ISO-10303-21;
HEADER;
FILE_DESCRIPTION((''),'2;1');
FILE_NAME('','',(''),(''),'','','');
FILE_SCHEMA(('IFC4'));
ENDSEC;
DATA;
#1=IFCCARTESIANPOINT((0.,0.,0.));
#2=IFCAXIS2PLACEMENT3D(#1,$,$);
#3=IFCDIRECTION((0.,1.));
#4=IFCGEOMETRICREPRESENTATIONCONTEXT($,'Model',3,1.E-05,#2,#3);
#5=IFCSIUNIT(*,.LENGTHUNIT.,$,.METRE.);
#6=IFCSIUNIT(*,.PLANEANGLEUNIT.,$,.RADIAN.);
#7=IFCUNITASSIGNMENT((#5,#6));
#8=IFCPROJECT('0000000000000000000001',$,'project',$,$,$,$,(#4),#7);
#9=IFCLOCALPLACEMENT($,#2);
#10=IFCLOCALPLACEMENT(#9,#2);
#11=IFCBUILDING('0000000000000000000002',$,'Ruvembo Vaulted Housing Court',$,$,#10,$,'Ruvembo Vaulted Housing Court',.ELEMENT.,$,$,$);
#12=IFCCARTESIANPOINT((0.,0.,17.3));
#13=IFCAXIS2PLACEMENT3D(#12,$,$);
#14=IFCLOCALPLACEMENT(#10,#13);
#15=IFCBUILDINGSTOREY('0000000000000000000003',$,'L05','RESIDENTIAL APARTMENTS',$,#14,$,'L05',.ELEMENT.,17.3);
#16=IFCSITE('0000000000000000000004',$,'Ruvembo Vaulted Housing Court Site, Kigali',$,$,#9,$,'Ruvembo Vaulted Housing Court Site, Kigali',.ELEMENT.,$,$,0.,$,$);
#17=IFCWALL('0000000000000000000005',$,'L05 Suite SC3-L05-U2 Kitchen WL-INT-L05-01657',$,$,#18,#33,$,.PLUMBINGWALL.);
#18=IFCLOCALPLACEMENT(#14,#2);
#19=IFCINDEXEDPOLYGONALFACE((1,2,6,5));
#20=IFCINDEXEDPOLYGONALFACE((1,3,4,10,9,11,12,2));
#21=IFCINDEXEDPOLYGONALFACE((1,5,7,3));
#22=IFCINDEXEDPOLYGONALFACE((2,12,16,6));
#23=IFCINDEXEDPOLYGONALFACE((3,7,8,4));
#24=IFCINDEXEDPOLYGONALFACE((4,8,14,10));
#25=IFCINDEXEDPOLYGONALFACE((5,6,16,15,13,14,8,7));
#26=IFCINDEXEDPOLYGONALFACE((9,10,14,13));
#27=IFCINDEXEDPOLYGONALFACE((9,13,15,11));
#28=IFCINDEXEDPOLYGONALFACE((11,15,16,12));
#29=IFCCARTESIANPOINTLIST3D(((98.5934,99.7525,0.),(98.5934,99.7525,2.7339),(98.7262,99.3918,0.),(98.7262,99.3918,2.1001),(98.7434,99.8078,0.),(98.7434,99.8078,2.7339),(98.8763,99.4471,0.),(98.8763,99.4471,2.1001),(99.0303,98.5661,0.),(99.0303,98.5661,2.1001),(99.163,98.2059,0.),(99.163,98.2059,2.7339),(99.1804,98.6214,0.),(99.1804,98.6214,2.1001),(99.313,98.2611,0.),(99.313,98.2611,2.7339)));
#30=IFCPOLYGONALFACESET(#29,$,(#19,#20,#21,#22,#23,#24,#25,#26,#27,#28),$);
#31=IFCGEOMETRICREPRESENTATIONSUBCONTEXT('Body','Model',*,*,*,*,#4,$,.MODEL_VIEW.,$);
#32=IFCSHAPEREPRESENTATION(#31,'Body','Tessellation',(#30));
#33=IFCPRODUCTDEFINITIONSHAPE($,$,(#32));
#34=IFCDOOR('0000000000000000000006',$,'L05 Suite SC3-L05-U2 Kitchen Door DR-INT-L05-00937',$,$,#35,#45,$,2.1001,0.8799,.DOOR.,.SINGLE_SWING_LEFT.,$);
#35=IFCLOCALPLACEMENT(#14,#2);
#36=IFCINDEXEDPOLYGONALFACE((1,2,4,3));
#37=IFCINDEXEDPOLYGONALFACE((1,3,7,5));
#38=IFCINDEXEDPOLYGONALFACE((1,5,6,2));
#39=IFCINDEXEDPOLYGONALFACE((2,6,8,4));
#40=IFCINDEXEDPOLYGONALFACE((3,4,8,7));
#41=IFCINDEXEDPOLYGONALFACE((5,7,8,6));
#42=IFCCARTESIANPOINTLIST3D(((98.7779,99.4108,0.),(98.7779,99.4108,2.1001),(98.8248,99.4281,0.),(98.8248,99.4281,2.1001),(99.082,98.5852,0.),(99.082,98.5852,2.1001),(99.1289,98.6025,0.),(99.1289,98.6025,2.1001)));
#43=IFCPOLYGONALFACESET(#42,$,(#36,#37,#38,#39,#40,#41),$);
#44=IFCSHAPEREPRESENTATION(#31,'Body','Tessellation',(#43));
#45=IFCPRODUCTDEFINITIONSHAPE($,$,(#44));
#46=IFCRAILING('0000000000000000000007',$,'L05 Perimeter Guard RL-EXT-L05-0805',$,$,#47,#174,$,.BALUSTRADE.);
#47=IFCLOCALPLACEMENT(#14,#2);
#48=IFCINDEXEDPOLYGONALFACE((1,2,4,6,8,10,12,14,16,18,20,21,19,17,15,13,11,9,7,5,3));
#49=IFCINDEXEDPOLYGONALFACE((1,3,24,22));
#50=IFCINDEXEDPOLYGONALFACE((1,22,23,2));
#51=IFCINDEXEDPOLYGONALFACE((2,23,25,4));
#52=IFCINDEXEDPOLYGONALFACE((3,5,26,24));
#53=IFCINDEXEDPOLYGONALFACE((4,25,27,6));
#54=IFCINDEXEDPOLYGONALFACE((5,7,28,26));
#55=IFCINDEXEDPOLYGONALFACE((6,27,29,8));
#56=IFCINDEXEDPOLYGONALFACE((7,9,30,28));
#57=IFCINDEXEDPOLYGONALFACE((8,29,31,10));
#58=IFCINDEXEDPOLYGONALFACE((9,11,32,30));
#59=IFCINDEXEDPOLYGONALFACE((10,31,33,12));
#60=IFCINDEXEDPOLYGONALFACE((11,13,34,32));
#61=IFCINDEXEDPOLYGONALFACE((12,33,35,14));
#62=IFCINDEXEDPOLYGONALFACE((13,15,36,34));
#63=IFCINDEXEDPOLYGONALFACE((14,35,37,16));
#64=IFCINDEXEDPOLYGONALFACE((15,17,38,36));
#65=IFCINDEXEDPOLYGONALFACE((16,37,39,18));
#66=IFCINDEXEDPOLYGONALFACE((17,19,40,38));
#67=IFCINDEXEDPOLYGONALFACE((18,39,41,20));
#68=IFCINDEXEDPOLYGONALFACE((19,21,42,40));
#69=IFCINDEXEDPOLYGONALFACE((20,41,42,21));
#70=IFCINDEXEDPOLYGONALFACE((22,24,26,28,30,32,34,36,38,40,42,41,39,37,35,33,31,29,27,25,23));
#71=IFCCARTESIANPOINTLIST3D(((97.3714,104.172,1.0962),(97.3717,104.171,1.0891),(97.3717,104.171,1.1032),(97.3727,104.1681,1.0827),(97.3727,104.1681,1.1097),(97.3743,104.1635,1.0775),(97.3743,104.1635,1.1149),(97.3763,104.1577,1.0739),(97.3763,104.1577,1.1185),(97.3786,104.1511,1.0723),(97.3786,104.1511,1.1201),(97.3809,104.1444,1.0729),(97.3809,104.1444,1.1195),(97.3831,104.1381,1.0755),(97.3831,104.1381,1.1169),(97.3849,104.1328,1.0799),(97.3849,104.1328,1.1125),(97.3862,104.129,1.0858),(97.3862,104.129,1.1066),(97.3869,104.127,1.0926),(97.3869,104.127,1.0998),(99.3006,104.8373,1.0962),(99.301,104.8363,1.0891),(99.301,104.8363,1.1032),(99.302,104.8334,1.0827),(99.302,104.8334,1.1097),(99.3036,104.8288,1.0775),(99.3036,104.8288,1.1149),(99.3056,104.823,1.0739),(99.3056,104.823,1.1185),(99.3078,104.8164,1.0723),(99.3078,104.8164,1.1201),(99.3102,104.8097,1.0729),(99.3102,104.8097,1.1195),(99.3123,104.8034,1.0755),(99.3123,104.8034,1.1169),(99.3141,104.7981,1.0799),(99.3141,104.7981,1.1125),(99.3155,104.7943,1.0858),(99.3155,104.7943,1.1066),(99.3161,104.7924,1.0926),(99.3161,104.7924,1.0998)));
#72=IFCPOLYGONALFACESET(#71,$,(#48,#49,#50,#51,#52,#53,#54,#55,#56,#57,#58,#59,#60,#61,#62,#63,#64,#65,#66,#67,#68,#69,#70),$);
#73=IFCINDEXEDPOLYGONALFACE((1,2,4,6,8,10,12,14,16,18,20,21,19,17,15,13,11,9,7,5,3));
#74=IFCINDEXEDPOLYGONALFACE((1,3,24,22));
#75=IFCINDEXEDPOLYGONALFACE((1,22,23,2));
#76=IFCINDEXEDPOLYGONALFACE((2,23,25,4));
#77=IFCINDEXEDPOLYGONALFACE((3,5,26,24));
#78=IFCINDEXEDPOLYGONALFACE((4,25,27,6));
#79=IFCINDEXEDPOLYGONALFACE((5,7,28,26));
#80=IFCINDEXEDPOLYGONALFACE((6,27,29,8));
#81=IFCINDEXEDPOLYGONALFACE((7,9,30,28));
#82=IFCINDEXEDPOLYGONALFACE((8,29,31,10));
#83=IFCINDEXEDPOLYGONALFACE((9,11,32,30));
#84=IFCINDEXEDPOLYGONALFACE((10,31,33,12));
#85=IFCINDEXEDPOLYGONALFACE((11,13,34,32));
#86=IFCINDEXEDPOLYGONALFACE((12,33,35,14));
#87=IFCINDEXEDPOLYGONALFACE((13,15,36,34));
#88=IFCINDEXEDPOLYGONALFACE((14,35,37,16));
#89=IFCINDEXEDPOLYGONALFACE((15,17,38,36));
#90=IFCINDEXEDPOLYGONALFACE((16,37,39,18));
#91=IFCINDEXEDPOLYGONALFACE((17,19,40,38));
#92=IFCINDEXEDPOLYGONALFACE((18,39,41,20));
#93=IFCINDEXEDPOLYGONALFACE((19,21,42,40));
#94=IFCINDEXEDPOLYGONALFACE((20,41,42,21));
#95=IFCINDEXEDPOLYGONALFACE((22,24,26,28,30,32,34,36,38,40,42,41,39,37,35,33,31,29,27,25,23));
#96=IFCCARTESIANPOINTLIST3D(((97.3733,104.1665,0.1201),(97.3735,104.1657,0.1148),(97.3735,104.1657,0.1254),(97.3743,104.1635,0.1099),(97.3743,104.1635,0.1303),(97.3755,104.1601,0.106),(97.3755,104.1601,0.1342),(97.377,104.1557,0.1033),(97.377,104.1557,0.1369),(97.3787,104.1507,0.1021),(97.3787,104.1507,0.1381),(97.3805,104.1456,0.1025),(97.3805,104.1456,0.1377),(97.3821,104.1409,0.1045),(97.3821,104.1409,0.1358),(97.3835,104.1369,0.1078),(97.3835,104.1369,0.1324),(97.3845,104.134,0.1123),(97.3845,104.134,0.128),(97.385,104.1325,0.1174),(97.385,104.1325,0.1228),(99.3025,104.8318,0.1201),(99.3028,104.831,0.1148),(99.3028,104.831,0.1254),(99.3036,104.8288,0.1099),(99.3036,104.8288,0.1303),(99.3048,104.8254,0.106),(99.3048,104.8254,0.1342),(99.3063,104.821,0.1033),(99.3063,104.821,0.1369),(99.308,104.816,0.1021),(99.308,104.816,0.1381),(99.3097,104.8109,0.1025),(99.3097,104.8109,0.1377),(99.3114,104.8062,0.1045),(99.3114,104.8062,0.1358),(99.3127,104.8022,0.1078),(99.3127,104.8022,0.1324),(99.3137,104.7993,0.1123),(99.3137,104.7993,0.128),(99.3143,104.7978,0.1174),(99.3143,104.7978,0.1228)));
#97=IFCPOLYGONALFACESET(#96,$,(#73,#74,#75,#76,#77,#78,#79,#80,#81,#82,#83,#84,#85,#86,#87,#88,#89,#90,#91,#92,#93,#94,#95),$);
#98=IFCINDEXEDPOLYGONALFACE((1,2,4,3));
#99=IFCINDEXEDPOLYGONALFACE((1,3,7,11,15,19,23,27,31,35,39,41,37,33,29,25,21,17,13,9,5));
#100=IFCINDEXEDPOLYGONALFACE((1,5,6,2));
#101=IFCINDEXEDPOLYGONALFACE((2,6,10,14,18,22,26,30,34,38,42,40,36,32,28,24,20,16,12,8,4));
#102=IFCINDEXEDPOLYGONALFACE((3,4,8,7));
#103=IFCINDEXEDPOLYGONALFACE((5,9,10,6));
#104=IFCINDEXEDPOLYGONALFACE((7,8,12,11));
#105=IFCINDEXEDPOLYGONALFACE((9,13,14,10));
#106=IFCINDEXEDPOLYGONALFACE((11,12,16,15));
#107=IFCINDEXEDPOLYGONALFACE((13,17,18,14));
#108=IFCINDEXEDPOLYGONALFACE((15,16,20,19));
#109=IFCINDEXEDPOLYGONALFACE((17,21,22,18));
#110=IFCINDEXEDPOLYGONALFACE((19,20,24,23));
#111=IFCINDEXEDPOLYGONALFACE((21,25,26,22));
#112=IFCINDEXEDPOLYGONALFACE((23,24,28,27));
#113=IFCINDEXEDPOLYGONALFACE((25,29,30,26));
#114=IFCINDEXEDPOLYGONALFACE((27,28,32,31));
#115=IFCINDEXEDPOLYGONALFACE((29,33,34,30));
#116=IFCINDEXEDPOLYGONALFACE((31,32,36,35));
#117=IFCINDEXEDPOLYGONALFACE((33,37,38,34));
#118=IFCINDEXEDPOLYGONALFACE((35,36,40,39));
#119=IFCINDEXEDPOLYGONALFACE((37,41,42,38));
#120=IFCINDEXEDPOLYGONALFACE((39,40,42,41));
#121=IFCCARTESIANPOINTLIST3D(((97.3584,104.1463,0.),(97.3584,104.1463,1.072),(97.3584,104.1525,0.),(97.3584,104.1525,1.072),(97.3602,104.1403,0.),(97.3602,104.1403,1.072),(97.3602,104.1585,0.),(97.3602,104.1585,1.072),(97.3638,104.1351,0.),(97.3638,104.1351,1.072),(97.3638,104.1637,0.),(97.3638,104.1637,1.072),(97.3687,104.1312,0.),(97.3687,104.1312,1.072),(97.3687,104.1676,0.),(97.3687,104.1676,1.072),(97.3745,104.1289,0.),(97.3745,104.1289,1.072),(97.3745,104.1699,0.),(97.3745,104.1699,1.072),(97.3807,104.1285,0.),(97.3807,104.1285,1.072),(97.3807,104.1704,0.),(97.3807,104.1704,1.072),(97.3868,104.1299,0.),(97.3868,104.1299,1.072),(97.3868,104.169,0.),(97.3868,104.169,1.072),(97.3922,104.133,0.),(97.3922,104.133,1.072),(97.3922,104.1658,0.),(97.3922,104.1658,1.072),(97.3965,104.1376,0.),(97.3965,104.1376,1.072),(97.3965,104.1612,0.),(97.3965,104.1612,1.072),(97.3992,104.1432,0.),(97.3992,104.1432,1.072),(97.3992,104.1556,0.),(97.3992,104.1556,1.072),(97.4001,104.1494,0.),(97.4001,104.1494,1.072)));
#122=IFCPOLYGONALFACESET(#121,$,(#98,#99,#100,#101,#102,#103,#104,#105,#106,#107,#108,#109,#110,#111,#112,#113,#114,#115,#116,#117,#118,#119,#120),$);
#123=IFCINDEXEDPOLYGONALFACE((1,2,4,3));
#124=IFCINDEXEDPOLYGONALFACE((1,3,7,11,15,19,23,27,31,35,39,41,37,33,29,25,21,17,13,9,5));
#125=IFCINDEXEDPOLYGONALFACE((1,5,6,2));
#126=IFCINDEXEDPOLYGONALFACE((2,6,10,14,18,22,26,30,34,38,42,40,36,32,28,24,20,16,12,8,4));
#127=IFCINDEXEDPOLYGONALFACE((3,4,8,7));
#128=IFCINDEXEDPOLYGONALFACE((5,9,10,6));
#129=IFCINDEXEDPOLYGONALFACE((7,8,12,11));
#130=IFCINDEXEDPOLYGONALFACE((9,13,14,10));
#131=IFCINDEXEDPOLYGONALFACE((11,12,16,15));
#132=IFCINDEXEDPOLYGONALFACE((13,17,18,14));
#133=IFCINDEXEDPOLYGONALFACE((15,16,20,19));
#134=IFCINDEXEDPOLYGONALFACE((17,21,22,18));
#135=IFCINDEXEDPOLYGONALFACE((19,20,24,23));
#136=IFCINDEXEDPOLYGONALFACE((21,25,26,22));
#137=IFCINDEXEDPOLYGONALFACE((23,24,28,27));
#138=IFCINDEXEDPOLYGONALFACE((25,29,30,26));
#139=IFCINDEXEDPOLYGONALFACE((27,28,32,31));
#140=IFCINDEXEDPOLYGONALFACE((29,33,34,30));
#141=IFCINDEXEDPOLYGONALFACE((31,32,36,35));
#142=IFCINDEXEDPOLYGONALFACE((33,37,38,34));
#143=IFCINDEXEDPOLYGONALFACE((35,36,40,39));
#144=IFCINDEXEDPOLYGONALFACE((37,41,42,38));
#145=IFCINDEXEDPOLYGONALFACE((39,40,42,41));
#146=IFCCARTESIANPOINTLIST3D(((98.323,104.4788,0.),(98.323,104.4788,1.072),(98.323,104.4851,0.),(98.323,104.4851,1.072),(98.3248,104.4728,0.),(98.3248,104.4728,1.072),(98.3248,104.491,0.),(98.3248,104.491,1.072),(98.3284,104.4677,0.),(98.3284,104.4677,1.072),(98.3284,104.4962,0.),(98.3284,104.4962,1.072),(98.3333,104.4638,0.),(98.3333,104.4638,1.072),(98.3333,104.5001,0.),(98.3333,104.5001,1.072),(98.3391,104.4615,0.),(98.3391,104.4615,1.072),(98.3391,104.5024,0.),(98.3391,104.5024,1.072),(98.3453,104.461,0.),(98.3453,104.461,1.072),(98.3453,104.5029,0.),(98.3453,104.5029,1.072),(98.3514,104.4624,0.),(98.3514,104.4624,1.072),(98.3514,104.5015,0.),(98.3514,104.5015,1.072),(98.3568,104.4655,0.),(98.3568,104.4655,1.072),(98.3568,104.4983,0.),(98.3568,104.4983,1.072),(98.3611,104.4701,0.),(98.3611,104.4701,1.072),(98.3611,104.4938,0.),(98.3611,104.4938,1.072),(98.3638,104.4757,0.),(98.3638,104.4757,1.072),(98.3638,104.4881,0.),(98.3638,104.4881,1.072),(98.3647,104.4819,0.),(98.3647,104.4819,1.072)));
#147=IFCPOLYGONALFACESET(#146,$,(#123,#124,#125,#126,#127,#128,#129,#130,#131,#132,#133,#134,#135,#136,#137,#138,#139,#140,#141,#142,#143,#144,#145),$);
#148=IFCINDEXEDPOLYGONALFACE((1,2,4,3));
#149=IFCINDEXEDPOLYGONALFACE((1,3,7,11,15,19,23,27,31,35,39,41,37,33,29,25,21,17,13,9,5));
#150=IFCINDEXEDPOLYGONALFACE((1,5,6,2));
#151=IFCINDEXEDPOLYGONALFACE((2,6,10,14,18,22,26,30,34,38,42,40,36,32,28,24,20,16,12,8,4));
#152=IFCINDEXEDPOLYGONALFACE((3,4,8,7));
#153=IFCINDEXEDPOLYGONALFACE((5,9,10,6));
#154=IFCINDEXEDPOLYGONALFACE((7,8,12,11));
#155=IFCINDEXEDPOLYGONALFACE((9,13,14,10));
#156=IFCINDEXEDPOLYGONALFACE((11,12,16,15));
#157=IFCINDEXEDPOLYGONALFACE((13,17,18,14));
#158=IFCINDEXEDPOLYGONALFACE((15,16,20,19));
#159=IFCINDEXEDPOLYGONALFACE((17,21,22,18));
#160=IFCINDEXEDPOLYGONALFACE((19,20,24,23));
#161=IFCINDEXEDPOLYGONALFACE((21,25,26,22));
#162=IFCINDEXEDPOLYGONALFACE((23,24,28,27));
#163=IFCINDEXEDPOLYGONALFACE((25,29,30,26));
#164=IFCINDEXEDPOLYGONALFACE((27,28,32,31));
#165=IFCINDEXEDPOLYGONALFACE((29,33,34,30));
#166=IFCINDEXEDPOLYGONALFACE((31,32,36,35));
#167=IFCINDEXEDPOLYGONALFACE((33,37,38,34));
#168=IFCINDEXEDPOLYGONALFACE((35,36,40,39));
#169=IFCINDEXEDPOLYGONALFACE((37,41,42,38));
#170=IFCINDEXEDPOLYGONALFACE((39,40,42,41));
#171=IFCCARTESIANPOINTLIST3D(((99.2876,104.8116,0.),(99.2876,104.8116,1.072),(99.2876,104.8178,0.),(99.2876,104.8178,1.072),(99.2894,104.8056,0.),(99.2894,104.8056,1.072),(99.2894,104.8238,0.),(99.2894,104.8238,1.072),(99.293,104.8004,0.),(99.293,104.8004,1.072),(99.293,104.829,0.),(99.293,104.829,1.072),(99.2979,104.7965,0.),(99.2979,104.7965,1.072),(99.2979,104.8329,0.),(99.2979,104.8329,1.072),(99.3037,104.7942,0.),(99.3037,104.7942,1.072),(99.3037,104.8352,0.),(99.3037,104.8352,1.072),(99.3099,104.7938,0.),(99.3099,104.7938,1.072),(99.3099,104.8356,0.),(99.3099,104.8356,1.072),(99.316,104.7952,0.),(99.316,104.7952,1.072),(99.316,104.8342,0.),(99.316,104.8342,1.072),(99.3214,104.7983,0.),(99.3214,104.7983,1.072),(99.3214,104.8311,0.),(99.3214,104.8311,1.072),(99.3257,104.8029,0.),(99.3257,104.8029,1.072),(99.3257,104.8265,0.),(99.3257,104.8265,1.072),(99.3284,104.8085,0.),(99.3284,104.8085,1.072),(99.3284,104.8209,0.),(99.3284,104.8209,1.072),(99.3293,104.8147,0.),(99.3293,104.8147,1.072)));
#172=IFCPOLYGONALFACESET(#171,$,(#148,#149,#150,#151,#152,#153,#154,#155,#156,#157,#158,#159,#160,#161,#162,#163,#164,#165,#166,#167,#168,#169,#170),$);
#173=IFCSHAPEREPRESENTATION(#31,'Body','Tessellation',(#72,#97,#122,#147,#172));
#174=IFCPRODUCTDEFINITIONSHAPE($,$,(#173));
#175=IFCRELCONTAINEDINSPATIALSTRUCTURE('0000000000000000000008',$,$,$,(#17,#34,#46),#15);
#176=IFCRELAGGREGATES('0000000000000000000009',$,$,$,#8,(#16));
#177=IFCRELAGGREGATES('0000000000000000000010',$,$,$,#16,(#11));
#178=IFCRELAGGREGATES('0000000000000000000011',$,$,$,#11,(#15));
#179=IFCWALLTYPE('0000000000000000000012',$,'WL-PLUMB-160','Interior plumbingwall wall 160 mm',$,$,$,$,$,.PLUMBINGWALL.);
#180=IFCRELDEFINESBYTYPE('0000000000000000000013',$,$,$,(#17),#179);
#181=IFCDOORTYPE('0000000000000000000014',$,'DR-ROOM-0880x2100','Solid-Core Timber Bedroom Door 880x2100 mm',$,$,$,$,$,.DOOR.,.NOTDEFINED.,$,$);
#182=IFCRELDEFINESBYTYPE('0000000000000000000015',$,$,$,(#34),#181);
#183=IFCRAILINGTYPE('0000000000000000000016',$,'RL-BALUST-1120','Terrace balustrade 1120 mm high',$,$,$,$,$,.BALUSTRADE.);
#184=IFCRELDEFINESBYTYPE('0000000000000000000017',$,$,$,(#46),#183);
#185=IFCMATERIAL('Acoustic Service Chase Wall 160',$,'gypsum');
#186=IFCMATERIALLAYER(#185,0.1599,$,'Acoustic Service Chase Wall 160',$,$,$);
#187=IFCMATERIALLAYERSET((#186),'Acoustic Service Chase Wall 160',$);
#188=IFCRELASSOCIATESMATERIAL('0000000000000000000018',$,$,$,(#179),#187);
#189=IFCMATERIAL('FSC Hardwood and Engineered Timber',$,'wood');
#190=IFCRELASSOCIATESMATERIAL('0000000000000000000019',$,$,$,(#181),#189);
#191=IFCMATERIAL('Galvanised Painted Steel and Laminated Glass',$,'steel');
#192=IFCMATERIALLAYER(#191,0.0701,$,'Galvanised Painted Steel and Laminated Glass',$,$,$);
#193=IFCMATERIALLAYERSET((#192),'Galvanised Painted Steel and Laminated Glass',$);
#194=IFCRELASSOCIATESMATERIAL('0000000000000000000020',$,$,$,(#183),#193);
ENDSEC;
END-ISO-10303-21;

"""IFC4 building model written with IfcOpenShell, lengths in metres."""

from ifc_helpers import new_model, si_unit, direction, frame, frame_2d, origin, origin_2d, place, context, subcontext, project, spatial, rectangle, circle, extrude, material, layer, layer_set, type_object, element, fill, save


model = new_model("IFC4")

# Units and contexts
model_context = context("Model", 3, precision=1e-05, world=origin(), true_north=direction((0.0, 1.0)))
body_context = subcontext(model_context, "Body", "Model", "MODEL_VIEW")
ifc_project = project(units=[si_unit("LENGTHUNIT", "METRE"), si_unit("PLANEANGLEUNIT", "RADIAN")], contexts=[model_context])

# Site, building, storey
site_placement = place(None, origin())
site = spatial("IfcSite", under=ifc_project, at=site_placement, Name="Ruvembo Vaulted Housing Court Site, Kigali", LongName="Ruvembo Vaulted Housing Court Site, Kigali", CompositionType="ELEMENT", RefElevation=0.0)
building_placement = place(site_placement, origin())
building = spatial("IfcBuilding", under=site, at=building_placement, Name="Ruvembo Vaulted Housing Court", LongName="Ruvembo Vaulted Housing Court", CompositionType="ELEMENT")
storey_placement = place(building_placement, frame((0.0, 0.0, 17.3)))
storey = spatial("IfcBuildingStorey", under=building, at=storey_placement, Name="L05", Description="RESIDENTIAL APARTMENTS", LongName="L05", CompositionType="ELEMENT", Elevation=17.3)

# Wall, opening, door
ifc_material_1 = material(Name="FSC Hardwood and Engineered Timber", Category="wood")
ifc_material_2 = material(Name="Acoustic Service Chase Wall 160", Category="gypsum")
ifc_layer_1 = layer(ifc_material_2, 0.1599, Name="Acoustic Service Chase Wall 160")
ifc_layer_set_1 = layer_set([ifc_layer_1], Name="Acoustic Service Chase Wall 160")
wall_type_1 = type_object("IfcWallType", Name="WL-PLUMB-160", Description="Interior plumbingwall wall 160 mm", PredefinedType="PLUMBINGWALL", material=ifc_layer_set_1)
wall_1_placement = place(storey_placement, frame((99.238, 98.2334, 0.0), z_axis=(0.0, 0.0, 1.0), x_axis=(-0.345582, 0.938389, 0.0)))
wall_1 = element("IfcWall", 1, at=wall_1_placement, inside=storey, type_object=wall_type_1, Name="L05 Suite SC3-L05-U2 Kitchen WL-INT-L05-01657", PredefinedType="PLUMBINGWALL", context=body_context, shape_type="SweptSolid", body=[
    extrude(rectangle(XDim=1.6482, YDim=0.1599, at=frame_2d((0.8242, 0.0))), origin(), (0.0, 0.0, 1.0), 2.7339),
])
opening_1_placement = place(wall_1_placement, frame((0.384, 0.0, 0.0)))
opening_1 = element("IfcOpeningElement", 2, at=opening_1_placement, cuts=wall_1, PredefinedType="OPENING", context=body_context, shape_type="SweptSolid", body=[
    extrude(rectangle(XDim=0.8799, YDim=2.1001, at=frame_2d((0.4399, 1.05))), frame((0.0, 0.0898, 0.0), z_axis=(0.0, -1.0, 0.0), x_axis=(1.0, 0.0, 0.0)), (0.0, 0.0, 1.0), 0.1799),
])
door_type_1 = type_object("IfcDoorType", Name="DR-ROOM-0880x2100", Description="Solid-Core Timber Bedroom Door 880x2100 mm", OperationType="NOTDEFINED", PredefinedType="DOOR", material=ifc_material_1)
door_1_placement = place(opening_1_placement, origin())
door_1 = element("IfcDoor", 3, at=door_1_placement, inside=storey, type_object=door_type_1, Name="L05 Suite SC3-L05-U2 Kitchen Door DR-INT-L05-00937", OperationType="SINGLE_SWING_LEFT", OverallHeight=2.1001, OverallWidth=0.8799, PredefinedType="DOOR", context=body_context, shape_type="SweptSolid", body=[
    extrude(rectangle(XDim=0.8799, YDim=2.1001, at=frame_2d((0.4399, 1.05))), frame((0.0, 0.0249, 0.0), z_axis=(0.0, -1.0, 0.0), x_axis=(1.0, 0.0, 0.0)), (0.0, 0.0, 1.0), 0.05),
])
fill(opening_1, door_1)

# Railing
ifc_material_3 = material(Name="Galvanised Painted Steel and Laminated Glass", Category="steel")
ifc_layer_2 = layer(ifc_material_3, 0.0701, Name="Galvanised Painted Steel and Laminated Glass")
ifc_layer_set_2 = layer_set([ifc_layer_2], Name="Galvanised Painted Steel and Laminated Glass")
railing_type = type_object("IfcRailingType", Name="RL-BALUST-1120", Description="Terrace balustrade 1120 mm high", PredefinedType="BALUSTRADE", material=ifc_layer_set_2)
railing_1_placement = place(storey_placement, frame((97.3792, 104.1494, 0.0)))
element("IfcRailing", 4, at=railing_1_placement, inside=storey, type_object=railing_type, Name="L05 Perimeter Guard RL-EXT-L05-0805", PredefinedType="BALUSTRADE", context=body_context, shape_type="SweptSolid", body=[
    extrude(circle(Radius=0.0239, at=origin_2d()), frame((0.0, 0.0, 1.0962), z_axis=(0.945367, 0.326009, 0.0), x_axis=(-0.326009, 0.945367, 0.0)), (0.0, 0.0, 1.0), 2.0408),
    extrude(circle(Radius=0.0181, at=origin_2d()), frame((0.0, 0.0, 0.1201), z_axis=(0.945367, 0.326009, 0.0), x_axis=(-0.326009, 0.945367, 0.0)), (0.0, 0.0, 1.0), 2.0408),
    extrude(circle(Radius=0.021, at=origin_2d()), origin(), (0.0, 0.0, 1.0), 1.072),
    extrude(circle(Radius=0.021, at=origin_2d()), frame((0.9646, 0.3325, 0.0)), (0.0, 0.0, 1.0), 1.072),
    extrude(circle(Radius=0.021, at=origin_2d()), frame((1.9292, 0.6653, 0.0)), (0.0, 0.0, 1.0), 1.072),
])

save(model, "model.ifc")
